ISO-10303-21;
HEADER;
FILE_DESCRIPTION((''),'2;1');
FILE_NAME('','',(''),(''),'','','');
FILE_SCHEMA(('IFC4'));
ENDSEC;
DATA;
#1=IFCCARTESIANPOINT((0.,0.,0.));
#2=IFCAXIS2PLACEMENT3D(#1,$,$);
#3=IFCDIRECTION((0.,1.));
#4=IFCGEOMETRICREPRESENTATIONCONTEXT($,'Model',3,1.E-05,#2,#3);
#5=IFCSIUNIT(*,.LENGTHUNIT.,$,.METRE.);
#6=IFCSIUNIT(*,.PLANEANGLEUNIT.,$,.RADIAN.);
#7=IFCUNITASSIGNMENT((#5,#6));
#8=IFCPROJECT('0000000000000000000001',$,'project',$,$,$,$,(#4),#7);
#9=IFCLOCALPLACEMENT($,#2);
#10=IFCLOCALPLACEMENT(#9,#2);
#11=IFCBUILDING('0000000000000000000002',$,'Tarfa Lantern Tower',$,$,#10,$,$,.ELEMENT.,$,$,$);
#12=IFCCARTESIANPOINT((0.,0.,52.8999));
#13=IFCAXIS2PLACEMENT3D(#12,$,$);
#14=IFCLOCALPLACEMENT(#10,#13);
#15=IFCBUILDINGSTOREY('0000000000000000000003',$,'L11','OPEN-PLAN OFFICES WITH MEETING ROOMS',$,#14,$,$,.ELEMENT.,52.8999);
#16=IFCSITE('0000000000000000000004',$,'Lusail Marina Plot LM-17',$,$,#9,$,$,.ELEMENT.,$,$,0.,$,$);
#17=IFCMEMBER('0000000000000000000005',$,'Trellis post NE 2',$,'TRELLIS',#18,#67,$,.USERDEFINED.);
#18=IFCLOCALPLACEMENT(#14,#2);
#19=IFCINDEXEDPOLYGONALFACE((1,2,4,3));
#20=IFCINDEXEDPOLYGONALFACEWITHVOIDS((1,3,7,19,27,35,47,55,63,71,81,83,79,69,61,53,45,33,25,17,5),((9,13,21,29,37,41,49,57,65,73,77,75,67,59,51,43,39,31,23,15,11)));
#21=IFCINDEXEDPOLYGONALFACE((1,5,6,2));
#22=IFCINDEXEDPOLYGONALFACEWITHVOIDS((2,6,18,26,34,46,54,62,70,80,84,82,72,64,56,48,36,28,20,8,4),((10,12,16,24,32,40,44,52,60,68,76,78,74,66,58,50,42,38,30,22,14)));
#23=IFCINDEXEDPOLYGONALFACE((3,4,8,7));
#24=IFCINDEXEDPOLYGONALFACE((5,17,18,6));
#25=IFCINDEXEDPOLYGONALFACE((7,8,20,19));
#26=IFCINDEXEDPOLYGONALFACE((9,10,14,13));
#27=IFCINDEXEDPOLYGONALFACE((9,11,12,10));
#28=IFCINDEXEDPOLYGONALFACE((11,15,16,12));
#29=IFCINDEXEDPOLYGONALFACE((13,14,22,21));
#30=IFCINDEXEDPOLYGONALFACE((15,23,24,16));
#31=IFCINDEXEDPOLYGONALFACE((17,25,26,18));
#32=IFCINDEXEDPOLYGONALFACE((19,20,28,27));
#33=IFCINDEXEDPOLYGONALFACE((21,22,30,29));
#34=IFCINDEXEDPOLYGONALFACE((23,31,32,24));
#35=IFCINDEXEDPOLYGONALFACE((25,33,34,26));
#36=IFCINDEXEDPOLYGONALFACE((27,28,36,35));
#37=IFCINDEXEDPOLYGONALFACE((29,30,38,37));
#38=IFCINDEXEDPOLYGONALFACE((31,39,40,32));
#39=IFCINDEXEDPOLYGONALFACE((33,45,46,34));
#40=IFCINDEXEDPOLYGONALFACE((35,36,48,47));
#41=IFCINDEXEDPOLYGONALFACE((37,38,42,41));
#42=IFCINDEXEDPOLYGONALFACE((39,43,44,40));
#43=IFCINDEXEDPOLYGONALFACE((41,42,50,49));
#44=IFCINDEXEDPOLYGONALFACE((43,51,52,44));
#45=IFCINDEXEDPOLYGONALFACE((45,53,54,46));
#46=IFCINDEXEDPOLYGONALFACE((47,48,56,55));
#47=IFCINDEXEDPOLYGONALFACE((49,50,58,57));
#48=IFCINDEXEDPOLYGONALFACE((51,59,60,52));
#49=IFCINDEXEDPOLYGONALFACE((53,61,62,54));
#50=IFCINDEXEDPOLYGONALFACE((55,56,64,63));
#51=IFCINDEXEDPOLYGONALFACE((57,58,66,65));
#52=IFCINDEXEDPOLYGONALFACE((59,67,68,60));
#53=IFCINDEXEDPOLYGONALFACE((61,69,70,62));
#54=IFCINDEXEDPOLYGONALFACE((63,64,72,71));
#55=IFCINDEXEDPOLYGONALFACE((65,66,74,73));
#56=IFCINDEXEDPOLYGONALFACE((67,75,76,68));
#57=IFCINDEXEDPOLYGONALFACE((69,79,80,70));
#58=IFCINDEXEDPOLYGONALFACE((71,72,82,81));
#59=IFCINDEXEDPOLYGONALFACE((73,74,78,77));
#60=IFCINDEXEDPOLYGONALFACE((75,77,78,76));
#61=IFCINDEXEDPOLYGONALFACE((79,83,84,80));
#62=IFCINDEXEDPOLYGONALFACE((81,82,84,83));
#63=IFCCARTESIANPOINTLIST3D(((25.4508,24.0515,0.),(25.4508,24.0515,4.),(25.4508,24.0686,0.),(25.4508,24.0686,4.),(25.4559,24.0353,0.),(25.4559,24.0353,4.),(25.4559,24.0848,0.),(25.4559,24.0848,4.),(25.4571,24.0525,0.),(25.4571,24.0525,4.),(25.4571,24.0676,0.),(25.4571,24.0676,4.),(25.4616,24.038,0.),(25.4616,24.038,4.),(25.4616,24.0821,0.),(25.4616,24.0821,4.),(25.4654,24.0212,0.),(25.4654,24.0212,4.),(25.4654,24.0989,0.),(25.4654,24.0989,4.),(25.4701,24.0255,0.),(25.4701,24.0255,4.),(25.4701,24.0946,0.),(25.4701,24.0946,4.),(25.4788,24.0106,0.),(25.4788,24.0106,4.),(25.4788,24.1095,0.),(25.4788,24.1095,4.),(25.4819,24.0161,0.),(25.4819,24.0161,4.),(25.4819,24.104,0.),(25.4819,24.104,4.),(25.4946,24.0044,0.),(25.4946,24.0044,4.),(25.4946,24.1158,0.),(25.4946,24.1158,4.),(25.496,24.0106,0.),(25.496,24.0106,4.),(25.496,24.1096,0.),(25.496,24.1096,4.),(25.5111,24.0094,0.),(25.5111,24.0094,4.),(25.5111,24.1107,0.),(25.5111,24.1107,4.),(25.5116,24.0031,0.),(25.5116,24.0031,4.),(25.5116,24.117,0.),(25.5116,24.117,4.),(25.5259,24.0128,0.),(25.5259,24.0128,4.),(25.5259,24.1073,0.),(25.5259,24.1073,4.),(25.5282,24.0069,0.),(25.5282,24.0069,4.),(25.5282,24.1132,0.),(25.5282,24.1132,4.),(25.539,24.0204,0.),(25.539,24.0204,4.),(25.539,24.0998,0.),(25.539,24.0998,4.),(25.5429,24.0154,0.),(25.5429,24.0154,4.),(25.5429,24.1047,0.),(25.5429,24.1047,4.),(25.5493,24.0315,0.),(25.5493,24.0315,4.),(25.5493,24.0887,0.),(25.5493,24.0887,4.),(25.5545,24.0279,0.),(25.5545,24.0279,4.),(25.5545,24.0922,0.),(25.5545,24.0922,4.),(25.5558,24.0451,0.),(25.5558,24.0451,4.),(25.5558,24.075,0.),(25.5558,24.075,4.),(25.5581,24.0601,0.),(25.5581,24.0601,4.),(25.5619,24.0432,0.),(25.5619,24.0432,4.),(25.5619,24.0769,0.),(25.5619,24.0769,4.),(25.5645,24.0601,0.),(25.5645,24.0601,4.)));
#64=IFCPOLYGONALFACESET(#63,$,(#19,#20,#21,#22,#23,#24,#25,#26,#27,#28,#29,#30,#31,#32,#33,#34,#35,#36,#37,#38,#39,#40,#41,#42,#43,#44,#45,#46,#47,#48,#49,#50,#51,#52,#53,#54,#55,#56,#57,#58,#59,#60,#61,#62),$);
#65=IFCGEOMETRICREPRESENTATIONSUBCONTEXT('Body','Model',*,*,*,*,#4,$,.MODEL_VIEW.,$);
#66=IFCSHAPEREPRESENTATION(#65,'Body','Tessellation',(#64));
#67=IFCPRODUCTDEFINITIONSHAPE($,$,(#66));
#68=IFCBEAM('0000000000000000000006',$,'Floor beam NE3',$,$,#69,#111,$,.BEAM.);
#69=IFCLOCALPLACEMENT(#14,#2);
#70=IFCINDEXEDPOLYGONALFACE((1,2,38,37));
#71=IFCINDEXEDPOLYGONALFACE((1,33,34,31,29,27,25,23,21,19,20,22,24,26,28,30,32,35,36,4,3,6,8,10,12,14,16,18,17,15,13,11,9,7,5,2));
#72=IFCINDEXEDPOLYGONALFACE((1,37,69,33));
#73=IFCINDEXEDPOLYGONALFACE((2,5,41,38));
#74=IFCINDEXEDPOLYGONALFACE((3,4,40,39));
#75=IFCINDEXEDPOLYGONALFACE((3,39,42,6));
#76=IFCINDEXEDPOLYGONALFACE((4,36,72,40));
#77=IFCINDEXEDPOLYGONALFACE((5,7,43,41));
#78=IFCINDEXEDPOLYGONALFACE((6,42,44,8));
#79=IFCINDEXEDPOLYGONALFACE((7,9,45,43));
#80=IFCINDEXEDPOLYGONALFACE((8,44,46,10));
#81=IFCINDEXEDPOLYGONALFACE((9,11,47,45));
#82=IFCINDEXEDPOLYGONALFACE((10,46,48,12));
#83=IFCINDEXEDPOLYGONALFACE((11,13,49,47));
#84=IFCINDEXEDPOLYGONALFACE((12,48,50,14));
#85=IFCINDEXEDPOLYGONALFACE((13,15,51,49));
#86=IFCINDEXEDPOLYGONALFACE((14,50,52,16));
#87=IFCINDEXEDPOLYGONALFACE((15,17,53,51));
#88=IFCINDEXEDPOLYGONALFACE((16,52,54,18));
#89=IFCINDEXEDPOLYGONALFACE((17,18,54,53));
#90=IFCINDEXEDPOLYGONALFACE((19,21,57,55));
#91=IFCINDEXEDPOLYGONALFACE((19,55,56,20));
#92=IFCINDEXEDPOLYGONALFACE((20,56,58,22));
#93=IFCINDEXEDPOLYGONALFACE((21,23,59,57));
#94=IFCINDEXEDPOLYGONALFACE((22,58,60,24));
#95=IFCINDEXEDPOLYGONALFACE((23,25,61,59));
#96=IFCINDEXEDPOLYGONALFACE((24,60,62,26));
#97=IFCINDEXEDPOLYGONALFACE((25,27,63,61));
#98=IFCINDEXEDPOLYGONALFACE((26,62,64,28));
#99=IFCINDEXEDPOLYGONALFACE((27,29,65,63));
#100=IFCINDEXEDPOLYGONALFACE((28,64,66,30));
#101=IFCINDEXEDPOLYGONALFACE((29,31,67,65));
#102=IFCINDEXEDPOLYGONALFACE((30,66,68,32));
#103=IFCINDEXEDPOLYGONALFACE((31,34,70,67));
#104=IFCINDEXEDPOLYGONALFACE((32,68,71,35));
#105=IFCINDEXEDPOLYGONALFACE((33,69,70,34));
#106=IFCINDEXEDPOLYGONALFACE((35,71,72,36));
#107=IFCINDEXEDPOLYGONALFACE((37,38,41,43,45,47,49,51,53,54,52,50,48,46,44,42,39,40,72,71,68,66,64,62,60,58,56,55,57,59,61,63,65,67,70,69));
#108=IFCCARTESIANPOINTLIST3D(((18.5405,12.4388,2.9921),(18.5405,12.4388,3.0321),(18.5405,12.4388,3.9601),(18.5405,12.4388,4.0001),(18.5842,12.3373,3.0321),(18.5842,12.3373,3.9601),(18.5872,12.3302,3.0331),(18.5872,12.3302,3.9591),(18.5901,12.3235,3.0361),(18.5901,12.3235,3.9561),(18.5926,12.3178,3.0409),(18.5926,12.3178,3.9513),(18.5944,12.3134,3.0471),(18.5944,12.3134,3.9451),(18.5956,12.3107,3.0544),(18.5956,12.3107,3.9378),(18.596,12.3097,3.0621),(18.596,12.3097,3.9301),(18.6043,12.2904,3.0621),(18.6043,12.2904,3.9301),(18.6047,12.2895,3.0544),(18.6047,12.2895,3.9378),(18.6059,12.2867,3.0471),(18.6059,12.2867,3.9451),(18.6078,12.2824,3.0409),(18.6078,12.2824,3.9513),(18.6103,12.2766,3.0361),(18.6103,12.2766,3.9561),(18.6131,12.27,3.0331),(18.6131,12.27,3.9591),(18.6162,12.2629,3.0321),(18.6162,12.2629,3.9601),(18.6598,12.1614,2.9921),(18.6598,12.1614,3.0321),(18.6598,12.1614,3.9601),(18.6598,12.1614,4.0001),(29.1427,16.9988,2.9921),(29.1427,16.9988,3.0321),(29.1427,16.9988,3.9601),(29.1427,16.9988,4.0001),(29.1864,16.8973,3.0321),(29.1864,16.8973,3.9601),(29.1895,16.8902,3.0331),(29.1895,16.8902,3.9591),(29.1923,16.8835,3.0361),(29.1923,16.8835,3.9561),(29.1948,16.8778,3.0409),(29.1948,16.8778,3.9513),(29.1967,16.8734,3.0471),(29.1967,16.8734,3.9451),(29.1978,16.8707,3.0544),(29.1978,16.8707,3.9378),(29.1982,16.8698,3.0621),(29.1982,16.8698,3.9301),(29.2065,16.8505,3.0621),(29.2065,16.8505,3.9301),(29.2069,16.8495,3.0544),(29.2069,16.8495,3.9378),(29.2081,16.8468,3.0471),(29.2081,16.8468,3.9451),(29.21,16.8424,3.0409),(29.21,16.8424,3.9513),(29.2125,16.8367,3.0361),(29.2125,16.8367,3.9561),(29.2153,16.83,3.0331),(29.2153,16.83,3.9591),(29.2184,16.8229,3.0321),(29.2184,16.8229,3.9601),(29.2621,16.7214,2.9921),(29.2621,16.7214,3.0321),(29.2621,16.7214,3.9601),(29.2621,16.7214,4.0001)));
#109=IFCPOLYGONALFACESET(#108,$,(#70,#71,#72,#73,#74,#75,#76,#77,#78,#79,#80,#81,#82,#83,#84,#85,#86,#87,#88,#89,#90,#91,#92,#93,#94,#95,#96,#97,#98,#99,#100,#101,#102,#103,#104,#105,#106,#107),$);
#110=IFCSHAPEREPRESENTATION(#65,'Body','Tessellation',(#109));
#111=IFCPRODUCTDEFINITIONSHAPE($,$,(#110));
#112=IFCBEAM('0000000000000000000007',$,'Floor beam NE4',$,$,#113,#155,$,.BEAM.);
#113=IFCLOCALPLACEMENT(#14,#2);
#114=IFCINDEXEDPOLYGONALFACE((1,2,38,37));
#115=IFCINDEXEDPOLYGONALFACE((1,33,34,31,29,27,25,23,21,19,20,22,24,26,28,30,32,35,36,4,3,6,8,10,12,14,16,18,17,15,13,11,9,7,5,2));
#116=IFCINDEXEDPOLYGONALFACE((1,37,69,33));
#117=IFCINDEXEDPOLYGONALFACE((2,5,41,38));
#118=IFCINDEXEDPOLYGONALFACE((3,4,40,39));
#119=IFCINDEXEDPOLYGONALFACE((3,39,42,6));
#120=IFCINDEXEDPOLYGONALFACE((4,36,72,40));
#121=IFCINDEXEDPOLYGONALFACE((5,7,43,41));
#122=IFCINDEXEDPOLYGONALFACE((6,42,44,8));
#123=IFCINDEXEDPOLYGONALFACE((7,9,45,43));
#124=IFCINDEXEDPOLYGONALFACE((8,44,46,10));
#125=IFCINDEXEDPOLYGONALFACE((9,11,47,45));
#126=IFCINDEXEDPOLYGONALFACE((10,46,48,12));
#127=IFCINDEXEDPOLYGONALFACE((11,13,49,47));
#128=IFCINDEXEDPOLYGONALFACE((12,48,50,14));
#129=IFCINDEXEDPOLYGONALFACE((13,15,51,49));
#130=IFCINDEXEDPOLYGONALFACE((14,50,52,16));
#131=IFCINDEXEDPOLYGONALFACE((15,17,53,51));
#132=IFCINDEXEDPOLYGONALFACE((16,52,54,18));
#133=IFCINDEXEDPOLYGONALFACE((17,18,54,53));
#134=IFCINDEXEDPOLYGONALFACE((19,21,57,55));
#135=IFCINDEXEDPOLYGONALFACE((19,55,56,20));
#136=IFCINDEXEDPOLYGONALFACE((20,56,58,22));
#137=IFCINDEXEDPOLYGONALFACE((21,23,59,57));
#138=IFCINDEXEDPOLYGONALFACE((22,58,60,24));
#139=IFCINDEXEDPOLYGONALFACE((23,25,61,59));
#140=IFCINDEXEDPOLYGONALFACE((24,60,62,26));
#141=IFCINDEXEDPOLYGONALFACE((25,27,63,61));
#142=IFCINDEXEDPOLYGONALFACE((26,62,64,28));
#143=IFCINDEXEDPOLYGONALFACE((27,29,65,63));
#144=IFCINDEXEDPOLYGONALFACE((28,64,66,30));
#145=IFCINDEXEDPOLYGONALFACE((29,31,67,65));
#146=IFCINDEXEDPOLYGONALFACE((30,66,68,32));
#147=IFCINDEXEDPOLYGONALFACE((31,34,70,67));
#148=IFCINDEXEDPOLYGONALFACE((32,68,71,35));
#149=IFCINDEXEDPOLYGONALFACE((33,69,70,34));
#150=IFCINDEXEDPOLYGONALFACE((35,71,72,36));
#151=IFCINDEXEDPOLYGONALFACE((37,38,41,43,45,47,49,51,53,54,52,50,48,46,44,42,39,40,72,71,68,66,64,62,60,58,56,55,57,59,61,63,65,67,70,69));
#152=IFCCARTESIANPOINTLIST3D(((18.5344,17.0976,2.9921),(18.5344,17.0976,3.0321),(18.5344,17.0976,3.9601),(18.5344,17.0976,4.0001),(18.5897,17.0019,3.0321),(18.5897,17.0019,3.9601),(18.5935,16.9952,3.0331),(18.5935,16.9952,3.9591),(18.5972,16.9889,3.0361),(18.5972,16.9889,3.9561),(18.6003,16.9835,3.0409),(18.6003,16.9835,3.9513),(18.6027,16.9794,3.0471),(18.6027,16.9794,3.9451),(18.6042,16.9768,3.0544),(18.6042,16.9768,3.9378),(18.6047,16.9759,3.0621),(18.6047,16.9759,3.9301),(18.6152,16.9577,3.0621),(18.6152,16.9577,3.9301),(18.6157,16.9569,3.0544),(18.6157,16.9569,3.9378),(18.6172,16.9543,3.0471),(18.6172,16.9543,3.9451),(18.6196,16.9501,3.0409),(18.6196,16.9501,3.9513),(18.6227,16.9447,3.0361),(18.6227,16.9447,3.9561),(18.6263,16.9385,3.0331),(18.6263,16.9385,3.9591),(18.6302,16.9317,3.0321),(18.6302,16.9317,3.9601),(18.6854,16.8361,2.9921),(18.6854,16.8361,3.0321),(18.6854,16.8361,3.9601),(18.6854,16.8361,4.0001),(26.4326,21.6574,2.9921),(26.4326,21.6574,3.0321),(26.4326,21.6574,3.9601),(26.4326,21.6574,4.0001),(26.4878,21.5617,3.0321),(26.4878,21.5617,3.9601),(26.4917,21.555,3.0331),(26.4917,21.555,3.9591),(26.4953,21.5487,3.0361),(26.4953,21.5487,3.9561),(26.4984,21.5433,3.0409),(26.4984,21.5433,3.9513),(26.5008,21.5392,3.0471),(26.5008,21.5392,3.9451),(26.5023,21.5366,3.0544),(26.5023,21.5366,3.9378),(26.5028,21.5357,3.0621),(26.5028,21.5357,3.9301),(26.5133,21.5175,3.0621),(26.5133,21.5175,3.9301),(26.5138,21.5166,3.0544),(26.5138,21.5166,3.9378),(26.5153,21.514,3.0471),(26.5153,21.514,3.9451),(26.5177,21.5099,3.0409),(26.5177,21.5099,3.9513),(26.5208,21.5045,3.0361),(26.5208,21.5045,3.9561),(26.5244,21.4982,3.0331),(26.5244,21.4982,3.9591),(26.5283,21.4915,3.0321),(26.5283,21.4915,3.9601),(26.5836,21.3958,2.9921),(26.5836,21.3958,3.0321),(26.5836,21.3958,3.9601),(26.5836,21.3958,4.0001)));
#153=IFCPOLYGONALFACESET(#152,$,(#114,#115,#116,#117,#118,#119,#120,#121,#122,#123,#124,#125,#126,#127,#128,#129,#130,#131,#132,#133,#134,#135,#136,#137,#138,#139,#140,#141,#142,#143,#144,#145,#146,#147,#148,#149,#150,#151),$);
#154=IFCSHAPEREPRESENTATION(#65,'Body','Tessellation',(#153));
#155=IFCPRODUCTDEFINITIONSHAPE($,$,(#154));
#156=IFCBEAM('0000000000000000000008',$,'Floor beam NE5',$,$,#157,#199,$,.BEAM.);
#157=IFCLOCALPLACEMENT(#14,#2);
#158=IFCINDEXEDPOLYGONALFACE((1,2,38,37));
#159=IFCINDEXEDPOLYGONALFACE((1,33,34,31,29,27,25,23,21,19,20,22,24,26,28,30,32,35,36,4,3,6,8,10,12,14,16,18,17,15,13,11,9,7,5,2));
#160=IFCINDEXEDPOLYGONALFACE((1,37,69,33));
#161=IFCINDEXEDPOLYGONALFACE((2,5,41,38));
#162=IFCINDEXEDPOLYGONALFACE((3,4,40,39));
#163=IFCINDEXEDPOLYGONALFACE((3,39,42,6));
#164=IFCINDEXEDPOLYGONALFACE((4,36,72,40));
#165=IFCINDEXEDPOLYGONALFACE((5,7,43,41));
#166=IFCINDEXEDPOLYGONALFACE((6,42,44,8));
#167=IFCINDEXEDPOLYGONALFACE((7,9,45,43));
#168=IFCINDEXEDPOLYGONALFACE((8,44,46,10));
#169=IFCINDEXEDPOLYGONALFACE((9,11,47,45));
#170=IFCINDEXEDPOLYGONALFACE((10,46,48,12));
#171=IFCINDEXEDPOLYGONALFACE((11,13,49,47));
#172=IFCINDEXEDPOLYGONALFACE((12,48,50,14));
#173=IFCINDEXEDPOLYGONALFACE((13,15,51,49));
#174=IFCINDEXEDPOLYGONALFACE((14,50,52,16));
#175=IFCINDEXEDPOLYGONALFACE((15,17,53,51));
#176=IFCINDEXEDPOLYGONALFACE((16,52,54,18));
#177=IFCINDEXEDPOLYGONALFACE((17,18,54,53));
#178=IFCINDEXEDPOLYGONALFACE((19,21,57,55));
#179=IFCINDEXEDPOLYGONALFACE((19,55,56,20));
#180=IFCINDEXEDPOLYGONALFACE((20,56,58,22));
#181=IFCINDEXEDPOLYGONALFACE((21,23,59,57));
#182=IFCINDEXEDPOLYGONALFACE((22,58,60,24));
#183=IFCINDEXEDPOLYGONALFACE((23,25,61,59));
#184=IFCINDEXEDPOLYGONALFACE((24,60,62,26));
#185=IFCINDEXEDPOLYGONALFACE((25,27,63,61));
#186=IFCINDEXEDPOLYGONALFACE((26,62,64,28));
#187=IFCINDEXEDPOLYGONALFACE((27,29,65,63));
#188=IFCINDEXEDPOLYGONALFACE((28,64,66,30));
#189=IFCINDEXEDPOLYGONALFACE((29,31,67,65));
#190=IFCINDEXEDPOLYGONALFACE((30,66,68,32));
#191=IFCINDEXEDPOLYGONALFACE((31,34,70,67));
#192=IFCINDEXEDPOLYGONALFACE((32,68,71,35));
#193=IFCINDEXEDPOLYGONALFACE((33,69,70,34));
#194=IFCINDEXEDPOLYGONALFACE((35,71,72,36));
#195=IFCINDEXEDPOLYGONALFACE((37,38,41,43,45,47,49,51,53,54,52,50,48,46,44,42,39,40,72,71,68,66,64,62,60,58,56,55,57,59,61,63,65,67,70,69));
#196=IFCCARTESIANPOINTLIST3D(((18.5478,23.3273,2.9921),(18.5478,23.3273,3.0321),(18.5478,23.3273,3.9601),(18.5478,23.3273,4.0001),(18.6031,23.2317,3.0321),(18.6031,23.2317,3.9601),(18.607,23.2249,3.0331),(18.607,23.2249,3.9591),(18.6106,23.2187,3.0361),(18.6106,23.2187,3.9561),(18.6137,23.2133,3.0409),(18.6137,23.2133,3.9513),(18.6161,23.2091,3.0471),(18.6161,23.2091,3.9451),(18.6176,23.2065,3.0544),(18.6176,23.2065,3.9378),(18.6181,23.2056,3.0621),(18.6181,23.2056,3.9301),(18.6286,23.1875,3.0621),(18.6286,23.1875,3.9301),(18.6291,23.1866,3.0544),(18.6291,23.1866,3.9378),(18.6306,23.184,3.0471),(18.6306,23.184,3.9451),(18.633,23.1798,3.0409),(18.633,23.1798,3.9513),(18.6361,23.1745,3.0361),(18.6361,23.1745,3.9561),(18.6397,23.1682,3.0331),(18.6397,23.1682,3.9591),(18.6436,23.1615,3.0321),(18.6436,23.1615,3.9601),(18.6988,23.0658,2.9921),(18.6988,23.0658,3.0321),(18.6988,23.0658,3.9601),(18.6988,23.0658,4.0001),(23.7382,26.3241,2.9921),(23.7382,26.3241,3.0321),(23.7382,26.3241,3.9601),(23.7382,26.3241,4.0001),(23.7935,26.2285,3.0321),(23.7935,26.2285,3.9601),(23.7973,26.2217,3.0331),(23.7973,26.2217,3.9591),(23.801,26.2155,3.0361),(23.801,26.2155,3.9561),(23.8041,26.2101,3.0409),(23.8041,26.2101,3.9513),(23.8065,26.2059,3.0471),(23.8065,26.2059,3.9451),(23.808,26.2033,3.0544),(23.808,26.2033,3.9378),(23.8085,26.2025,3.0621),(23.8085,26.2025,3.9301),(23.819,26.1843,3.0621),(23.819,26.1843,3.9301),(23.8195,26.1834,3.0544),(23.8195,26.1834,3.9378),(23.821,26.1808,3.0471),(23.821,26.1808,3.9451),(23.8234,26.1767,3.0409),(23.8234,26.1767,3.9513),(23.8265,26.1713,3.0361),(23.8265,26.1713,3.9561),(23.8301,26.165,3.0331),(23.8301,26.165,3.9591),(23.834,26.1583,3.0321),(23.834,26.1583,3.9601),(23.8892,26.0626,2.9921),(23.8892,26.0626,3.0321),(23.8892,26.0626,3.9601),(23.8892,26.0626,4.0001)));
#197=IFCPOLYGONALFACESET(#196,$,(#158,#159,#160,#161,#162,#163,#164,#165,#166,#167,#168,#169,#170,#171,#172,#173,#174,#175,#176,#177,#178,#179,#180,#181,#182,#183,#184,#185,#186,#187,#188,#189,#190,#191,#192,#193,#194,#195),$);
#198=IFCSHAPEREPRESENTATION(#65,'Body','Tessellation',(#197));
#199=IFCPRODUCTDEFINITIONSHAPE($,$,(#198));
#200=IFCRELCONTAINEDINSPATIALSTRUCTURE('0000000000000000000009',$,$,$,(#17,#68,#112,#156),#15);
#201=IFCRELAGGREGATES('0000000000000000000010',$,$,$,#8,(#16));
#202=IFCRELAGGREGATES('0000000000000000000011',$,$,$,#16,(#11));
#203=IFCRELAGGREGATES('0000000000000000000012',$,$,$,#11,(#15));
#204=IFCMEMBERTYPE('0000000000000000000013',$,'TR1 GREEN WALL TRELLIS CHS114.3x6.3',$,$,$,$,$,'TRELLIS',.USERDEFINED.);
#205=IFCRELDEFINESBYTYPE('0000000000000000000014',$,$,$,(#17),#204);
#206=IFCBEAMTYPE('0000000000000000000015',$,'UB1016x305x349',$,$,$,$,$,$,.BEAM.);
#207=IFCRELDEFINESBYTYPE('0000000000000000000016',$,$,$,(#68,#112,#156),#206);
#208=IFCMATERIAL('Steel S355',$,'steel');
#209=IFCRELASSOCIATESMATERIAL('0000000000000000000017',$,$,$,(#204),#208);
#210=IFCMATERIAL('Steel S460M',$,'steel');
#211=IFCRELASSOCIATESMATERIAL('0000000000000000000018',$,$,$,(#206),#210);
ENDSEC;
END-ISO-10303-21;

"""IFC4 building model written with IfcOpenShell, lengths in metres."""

from ifc_helpers import new_model, si_unit, direction, frame, origin, origin_2d, place, context, subcontext, project, spatial, hollow_circle, i_section, extrude, material, material_profile, profile_set, type_object, element, save


model = new_model("IFC4")

# Units and contexts
model_context = context("Model", 3, precision=1e-05, world=origin(), true_north=direction((0.0, 1.0)))
body_context = subcontext(model_context, "Body", "Model", "MODEL_VIEW")
ifc_project = project(units=[si_unit("LENGTHUNIT", "METRE"), si_unit("PLANEANGLEUNIT", "RADIAN")], contexts=[model_context])

# Site, building, storey
site_placement = place(None, origin())
site = spatial("IfcSite", under=ifc_project, at=site_placement, Name="Lusail Marina Plot LM-17", CompositionType="ELEMENT", RefElevation=0.0)
building_placement = place(site_placement, origin())
building = spatial("IfcBuilding", under=site, at=building_placement, Name="Tarfa Lantern Tower", CompositionType="ELEMENT")
storey_placement = place(building_placement, frame((0.0, 0.0, 52.8999)))
storey = spatial("IfcBuildingStorey", under=building, at=storey_placement, Name="L11", Description="OPEN-PLAN OFFICES WITH MEETING ROOMS", CompositionType="ELEMENT", Elevation=52.8999)

# Member
ifc_material_1 = material(Name="Steel S355", Category="steel")
ifc_material_profile_1 = material_profile(ifc_material_1, hollow_circle(Radius=0.0571, WallThickness=0.0063, at=origin_2d()), Name="CHS114.3x6.3")
ifc_profile_set_1 = profile_set([ifc_material_profile_1], Name="Steel S355")
member_type_1 = type_object("IfcMemberType", Name="TR1 GREEN WALL TRELLIS CHS114.3x6.3", ElementType="TRELLIS", PredefinedType="USERDEFINED", material=ifc_profile_set_1)
member_1_placement = place(storey_placement, frame((25.5073, 24.0601, 0.0), z_axis=(0.0, 0.0, 1.0), x_axis=(1.0, 0.0, 0.0)))
element("IfcMember", 1, at=member_1_placement, inside=storey, type_object=member_type_1, Name="Trellis post NE 2", ObjectType="TRELLIS", PredefinedType="USERDEFINED", context=body_context, shape_type="SweptSolid", body=[
    extrude(hollow_circle(Radius=0.0571, WallThickness=0.0063, at=origin_2d()), origin(), (0.0, 0.0, 1.0), 4.0),
])

# Beams
ifc_material_2 = material(Name="Steel S460M", Category="steel")
ifc_material_profile_2 = material_profile(ifc_material_2, i_section(OverallWidth=0.302, OverallDepth=1.0081, WebThickness=0.021, FlangeThickness=0.04, FilletRadius=0.03, at=origin_2d()), Name="UB1016x305x349")
ifc_profile_set_2 = profile_set([ifc_material_profile_2], Name="Steel S460M")
beam_type_1 = type_object("IfcBeamType", Name="UB1016x305x349", PredefinedType="BEAM", material=ifc_profile_set_2)
beam_1_placement = place(storey_placement, frame((29.2024, 16.8601, 3.4961), z_axis=(-0.918635, -0.395106, 0.0), x_axis=(0.395106, -0.918635, 0.0)))
element("IfcBeam", 2, at=beam_1_placement, inside=storey, type_object=beam_type_1, Name="Floor beam NE3", PredefinedType="BEAM", context=body_context, shape_type="SweptSolid", body=[
    extrude(i_section(OverallWidth=0.302, OverallDepth=1.0081, WebThickness=0.021, FlangeThickness=0.04, FilletRadius=0.03, at=origin_2d()), origin(), (0.0, 0.0, 1.0), 11.5413),
])
beam_2_placement = place(storey_placement, frame((26.5081, 21.5266, 3.4961), z_axis=(-0.866035, -0.499983, 0.0), x_axis=(0.499983, -0.866035, 0.0)))
element("IfcBeam", 3, at=beam_2_placement, inside=storey, type_object=beam_type_1, Name="Floor beam NE4", PredefinedType="BEAM", context=body_context, shape_type="SweptSolid", body=[
    extrude(i_section(OverallWidth=0.302, OverallDepth=1.0081, WebThickness=0.021, FlangeThickness=0.04, FilletRadius=0.03, at=origin_2d()), origin(), (0.0, 0.0, 1.0), 9.1199),
])
beam_3_placement = place(storey_placement, frame((23.8137, 26.1934, 3.4961), z_axis=(-0.866016, -0.500016, 0.0), x_axis=(0.500016, -0.866016, 0.0)))
element("IfcBeam", 4, at=beam_3_placement, inside=storey, type_object=beam_type_1, Name="Floor beam NE5", PredefinedType="BEAM", context=body_context, shape_type="SweptSolid", body=[
    extrude(i_section(OverallWidth=0.302, OverallDepth=1.0081, WebThickness=0.021, FlangeThickness=0.04, FilletRadius=0.03, at=origin_2d()), origin(), (0.0, 0.0, 1.0), 5.9934),
])

save(model, "model.ifc")
